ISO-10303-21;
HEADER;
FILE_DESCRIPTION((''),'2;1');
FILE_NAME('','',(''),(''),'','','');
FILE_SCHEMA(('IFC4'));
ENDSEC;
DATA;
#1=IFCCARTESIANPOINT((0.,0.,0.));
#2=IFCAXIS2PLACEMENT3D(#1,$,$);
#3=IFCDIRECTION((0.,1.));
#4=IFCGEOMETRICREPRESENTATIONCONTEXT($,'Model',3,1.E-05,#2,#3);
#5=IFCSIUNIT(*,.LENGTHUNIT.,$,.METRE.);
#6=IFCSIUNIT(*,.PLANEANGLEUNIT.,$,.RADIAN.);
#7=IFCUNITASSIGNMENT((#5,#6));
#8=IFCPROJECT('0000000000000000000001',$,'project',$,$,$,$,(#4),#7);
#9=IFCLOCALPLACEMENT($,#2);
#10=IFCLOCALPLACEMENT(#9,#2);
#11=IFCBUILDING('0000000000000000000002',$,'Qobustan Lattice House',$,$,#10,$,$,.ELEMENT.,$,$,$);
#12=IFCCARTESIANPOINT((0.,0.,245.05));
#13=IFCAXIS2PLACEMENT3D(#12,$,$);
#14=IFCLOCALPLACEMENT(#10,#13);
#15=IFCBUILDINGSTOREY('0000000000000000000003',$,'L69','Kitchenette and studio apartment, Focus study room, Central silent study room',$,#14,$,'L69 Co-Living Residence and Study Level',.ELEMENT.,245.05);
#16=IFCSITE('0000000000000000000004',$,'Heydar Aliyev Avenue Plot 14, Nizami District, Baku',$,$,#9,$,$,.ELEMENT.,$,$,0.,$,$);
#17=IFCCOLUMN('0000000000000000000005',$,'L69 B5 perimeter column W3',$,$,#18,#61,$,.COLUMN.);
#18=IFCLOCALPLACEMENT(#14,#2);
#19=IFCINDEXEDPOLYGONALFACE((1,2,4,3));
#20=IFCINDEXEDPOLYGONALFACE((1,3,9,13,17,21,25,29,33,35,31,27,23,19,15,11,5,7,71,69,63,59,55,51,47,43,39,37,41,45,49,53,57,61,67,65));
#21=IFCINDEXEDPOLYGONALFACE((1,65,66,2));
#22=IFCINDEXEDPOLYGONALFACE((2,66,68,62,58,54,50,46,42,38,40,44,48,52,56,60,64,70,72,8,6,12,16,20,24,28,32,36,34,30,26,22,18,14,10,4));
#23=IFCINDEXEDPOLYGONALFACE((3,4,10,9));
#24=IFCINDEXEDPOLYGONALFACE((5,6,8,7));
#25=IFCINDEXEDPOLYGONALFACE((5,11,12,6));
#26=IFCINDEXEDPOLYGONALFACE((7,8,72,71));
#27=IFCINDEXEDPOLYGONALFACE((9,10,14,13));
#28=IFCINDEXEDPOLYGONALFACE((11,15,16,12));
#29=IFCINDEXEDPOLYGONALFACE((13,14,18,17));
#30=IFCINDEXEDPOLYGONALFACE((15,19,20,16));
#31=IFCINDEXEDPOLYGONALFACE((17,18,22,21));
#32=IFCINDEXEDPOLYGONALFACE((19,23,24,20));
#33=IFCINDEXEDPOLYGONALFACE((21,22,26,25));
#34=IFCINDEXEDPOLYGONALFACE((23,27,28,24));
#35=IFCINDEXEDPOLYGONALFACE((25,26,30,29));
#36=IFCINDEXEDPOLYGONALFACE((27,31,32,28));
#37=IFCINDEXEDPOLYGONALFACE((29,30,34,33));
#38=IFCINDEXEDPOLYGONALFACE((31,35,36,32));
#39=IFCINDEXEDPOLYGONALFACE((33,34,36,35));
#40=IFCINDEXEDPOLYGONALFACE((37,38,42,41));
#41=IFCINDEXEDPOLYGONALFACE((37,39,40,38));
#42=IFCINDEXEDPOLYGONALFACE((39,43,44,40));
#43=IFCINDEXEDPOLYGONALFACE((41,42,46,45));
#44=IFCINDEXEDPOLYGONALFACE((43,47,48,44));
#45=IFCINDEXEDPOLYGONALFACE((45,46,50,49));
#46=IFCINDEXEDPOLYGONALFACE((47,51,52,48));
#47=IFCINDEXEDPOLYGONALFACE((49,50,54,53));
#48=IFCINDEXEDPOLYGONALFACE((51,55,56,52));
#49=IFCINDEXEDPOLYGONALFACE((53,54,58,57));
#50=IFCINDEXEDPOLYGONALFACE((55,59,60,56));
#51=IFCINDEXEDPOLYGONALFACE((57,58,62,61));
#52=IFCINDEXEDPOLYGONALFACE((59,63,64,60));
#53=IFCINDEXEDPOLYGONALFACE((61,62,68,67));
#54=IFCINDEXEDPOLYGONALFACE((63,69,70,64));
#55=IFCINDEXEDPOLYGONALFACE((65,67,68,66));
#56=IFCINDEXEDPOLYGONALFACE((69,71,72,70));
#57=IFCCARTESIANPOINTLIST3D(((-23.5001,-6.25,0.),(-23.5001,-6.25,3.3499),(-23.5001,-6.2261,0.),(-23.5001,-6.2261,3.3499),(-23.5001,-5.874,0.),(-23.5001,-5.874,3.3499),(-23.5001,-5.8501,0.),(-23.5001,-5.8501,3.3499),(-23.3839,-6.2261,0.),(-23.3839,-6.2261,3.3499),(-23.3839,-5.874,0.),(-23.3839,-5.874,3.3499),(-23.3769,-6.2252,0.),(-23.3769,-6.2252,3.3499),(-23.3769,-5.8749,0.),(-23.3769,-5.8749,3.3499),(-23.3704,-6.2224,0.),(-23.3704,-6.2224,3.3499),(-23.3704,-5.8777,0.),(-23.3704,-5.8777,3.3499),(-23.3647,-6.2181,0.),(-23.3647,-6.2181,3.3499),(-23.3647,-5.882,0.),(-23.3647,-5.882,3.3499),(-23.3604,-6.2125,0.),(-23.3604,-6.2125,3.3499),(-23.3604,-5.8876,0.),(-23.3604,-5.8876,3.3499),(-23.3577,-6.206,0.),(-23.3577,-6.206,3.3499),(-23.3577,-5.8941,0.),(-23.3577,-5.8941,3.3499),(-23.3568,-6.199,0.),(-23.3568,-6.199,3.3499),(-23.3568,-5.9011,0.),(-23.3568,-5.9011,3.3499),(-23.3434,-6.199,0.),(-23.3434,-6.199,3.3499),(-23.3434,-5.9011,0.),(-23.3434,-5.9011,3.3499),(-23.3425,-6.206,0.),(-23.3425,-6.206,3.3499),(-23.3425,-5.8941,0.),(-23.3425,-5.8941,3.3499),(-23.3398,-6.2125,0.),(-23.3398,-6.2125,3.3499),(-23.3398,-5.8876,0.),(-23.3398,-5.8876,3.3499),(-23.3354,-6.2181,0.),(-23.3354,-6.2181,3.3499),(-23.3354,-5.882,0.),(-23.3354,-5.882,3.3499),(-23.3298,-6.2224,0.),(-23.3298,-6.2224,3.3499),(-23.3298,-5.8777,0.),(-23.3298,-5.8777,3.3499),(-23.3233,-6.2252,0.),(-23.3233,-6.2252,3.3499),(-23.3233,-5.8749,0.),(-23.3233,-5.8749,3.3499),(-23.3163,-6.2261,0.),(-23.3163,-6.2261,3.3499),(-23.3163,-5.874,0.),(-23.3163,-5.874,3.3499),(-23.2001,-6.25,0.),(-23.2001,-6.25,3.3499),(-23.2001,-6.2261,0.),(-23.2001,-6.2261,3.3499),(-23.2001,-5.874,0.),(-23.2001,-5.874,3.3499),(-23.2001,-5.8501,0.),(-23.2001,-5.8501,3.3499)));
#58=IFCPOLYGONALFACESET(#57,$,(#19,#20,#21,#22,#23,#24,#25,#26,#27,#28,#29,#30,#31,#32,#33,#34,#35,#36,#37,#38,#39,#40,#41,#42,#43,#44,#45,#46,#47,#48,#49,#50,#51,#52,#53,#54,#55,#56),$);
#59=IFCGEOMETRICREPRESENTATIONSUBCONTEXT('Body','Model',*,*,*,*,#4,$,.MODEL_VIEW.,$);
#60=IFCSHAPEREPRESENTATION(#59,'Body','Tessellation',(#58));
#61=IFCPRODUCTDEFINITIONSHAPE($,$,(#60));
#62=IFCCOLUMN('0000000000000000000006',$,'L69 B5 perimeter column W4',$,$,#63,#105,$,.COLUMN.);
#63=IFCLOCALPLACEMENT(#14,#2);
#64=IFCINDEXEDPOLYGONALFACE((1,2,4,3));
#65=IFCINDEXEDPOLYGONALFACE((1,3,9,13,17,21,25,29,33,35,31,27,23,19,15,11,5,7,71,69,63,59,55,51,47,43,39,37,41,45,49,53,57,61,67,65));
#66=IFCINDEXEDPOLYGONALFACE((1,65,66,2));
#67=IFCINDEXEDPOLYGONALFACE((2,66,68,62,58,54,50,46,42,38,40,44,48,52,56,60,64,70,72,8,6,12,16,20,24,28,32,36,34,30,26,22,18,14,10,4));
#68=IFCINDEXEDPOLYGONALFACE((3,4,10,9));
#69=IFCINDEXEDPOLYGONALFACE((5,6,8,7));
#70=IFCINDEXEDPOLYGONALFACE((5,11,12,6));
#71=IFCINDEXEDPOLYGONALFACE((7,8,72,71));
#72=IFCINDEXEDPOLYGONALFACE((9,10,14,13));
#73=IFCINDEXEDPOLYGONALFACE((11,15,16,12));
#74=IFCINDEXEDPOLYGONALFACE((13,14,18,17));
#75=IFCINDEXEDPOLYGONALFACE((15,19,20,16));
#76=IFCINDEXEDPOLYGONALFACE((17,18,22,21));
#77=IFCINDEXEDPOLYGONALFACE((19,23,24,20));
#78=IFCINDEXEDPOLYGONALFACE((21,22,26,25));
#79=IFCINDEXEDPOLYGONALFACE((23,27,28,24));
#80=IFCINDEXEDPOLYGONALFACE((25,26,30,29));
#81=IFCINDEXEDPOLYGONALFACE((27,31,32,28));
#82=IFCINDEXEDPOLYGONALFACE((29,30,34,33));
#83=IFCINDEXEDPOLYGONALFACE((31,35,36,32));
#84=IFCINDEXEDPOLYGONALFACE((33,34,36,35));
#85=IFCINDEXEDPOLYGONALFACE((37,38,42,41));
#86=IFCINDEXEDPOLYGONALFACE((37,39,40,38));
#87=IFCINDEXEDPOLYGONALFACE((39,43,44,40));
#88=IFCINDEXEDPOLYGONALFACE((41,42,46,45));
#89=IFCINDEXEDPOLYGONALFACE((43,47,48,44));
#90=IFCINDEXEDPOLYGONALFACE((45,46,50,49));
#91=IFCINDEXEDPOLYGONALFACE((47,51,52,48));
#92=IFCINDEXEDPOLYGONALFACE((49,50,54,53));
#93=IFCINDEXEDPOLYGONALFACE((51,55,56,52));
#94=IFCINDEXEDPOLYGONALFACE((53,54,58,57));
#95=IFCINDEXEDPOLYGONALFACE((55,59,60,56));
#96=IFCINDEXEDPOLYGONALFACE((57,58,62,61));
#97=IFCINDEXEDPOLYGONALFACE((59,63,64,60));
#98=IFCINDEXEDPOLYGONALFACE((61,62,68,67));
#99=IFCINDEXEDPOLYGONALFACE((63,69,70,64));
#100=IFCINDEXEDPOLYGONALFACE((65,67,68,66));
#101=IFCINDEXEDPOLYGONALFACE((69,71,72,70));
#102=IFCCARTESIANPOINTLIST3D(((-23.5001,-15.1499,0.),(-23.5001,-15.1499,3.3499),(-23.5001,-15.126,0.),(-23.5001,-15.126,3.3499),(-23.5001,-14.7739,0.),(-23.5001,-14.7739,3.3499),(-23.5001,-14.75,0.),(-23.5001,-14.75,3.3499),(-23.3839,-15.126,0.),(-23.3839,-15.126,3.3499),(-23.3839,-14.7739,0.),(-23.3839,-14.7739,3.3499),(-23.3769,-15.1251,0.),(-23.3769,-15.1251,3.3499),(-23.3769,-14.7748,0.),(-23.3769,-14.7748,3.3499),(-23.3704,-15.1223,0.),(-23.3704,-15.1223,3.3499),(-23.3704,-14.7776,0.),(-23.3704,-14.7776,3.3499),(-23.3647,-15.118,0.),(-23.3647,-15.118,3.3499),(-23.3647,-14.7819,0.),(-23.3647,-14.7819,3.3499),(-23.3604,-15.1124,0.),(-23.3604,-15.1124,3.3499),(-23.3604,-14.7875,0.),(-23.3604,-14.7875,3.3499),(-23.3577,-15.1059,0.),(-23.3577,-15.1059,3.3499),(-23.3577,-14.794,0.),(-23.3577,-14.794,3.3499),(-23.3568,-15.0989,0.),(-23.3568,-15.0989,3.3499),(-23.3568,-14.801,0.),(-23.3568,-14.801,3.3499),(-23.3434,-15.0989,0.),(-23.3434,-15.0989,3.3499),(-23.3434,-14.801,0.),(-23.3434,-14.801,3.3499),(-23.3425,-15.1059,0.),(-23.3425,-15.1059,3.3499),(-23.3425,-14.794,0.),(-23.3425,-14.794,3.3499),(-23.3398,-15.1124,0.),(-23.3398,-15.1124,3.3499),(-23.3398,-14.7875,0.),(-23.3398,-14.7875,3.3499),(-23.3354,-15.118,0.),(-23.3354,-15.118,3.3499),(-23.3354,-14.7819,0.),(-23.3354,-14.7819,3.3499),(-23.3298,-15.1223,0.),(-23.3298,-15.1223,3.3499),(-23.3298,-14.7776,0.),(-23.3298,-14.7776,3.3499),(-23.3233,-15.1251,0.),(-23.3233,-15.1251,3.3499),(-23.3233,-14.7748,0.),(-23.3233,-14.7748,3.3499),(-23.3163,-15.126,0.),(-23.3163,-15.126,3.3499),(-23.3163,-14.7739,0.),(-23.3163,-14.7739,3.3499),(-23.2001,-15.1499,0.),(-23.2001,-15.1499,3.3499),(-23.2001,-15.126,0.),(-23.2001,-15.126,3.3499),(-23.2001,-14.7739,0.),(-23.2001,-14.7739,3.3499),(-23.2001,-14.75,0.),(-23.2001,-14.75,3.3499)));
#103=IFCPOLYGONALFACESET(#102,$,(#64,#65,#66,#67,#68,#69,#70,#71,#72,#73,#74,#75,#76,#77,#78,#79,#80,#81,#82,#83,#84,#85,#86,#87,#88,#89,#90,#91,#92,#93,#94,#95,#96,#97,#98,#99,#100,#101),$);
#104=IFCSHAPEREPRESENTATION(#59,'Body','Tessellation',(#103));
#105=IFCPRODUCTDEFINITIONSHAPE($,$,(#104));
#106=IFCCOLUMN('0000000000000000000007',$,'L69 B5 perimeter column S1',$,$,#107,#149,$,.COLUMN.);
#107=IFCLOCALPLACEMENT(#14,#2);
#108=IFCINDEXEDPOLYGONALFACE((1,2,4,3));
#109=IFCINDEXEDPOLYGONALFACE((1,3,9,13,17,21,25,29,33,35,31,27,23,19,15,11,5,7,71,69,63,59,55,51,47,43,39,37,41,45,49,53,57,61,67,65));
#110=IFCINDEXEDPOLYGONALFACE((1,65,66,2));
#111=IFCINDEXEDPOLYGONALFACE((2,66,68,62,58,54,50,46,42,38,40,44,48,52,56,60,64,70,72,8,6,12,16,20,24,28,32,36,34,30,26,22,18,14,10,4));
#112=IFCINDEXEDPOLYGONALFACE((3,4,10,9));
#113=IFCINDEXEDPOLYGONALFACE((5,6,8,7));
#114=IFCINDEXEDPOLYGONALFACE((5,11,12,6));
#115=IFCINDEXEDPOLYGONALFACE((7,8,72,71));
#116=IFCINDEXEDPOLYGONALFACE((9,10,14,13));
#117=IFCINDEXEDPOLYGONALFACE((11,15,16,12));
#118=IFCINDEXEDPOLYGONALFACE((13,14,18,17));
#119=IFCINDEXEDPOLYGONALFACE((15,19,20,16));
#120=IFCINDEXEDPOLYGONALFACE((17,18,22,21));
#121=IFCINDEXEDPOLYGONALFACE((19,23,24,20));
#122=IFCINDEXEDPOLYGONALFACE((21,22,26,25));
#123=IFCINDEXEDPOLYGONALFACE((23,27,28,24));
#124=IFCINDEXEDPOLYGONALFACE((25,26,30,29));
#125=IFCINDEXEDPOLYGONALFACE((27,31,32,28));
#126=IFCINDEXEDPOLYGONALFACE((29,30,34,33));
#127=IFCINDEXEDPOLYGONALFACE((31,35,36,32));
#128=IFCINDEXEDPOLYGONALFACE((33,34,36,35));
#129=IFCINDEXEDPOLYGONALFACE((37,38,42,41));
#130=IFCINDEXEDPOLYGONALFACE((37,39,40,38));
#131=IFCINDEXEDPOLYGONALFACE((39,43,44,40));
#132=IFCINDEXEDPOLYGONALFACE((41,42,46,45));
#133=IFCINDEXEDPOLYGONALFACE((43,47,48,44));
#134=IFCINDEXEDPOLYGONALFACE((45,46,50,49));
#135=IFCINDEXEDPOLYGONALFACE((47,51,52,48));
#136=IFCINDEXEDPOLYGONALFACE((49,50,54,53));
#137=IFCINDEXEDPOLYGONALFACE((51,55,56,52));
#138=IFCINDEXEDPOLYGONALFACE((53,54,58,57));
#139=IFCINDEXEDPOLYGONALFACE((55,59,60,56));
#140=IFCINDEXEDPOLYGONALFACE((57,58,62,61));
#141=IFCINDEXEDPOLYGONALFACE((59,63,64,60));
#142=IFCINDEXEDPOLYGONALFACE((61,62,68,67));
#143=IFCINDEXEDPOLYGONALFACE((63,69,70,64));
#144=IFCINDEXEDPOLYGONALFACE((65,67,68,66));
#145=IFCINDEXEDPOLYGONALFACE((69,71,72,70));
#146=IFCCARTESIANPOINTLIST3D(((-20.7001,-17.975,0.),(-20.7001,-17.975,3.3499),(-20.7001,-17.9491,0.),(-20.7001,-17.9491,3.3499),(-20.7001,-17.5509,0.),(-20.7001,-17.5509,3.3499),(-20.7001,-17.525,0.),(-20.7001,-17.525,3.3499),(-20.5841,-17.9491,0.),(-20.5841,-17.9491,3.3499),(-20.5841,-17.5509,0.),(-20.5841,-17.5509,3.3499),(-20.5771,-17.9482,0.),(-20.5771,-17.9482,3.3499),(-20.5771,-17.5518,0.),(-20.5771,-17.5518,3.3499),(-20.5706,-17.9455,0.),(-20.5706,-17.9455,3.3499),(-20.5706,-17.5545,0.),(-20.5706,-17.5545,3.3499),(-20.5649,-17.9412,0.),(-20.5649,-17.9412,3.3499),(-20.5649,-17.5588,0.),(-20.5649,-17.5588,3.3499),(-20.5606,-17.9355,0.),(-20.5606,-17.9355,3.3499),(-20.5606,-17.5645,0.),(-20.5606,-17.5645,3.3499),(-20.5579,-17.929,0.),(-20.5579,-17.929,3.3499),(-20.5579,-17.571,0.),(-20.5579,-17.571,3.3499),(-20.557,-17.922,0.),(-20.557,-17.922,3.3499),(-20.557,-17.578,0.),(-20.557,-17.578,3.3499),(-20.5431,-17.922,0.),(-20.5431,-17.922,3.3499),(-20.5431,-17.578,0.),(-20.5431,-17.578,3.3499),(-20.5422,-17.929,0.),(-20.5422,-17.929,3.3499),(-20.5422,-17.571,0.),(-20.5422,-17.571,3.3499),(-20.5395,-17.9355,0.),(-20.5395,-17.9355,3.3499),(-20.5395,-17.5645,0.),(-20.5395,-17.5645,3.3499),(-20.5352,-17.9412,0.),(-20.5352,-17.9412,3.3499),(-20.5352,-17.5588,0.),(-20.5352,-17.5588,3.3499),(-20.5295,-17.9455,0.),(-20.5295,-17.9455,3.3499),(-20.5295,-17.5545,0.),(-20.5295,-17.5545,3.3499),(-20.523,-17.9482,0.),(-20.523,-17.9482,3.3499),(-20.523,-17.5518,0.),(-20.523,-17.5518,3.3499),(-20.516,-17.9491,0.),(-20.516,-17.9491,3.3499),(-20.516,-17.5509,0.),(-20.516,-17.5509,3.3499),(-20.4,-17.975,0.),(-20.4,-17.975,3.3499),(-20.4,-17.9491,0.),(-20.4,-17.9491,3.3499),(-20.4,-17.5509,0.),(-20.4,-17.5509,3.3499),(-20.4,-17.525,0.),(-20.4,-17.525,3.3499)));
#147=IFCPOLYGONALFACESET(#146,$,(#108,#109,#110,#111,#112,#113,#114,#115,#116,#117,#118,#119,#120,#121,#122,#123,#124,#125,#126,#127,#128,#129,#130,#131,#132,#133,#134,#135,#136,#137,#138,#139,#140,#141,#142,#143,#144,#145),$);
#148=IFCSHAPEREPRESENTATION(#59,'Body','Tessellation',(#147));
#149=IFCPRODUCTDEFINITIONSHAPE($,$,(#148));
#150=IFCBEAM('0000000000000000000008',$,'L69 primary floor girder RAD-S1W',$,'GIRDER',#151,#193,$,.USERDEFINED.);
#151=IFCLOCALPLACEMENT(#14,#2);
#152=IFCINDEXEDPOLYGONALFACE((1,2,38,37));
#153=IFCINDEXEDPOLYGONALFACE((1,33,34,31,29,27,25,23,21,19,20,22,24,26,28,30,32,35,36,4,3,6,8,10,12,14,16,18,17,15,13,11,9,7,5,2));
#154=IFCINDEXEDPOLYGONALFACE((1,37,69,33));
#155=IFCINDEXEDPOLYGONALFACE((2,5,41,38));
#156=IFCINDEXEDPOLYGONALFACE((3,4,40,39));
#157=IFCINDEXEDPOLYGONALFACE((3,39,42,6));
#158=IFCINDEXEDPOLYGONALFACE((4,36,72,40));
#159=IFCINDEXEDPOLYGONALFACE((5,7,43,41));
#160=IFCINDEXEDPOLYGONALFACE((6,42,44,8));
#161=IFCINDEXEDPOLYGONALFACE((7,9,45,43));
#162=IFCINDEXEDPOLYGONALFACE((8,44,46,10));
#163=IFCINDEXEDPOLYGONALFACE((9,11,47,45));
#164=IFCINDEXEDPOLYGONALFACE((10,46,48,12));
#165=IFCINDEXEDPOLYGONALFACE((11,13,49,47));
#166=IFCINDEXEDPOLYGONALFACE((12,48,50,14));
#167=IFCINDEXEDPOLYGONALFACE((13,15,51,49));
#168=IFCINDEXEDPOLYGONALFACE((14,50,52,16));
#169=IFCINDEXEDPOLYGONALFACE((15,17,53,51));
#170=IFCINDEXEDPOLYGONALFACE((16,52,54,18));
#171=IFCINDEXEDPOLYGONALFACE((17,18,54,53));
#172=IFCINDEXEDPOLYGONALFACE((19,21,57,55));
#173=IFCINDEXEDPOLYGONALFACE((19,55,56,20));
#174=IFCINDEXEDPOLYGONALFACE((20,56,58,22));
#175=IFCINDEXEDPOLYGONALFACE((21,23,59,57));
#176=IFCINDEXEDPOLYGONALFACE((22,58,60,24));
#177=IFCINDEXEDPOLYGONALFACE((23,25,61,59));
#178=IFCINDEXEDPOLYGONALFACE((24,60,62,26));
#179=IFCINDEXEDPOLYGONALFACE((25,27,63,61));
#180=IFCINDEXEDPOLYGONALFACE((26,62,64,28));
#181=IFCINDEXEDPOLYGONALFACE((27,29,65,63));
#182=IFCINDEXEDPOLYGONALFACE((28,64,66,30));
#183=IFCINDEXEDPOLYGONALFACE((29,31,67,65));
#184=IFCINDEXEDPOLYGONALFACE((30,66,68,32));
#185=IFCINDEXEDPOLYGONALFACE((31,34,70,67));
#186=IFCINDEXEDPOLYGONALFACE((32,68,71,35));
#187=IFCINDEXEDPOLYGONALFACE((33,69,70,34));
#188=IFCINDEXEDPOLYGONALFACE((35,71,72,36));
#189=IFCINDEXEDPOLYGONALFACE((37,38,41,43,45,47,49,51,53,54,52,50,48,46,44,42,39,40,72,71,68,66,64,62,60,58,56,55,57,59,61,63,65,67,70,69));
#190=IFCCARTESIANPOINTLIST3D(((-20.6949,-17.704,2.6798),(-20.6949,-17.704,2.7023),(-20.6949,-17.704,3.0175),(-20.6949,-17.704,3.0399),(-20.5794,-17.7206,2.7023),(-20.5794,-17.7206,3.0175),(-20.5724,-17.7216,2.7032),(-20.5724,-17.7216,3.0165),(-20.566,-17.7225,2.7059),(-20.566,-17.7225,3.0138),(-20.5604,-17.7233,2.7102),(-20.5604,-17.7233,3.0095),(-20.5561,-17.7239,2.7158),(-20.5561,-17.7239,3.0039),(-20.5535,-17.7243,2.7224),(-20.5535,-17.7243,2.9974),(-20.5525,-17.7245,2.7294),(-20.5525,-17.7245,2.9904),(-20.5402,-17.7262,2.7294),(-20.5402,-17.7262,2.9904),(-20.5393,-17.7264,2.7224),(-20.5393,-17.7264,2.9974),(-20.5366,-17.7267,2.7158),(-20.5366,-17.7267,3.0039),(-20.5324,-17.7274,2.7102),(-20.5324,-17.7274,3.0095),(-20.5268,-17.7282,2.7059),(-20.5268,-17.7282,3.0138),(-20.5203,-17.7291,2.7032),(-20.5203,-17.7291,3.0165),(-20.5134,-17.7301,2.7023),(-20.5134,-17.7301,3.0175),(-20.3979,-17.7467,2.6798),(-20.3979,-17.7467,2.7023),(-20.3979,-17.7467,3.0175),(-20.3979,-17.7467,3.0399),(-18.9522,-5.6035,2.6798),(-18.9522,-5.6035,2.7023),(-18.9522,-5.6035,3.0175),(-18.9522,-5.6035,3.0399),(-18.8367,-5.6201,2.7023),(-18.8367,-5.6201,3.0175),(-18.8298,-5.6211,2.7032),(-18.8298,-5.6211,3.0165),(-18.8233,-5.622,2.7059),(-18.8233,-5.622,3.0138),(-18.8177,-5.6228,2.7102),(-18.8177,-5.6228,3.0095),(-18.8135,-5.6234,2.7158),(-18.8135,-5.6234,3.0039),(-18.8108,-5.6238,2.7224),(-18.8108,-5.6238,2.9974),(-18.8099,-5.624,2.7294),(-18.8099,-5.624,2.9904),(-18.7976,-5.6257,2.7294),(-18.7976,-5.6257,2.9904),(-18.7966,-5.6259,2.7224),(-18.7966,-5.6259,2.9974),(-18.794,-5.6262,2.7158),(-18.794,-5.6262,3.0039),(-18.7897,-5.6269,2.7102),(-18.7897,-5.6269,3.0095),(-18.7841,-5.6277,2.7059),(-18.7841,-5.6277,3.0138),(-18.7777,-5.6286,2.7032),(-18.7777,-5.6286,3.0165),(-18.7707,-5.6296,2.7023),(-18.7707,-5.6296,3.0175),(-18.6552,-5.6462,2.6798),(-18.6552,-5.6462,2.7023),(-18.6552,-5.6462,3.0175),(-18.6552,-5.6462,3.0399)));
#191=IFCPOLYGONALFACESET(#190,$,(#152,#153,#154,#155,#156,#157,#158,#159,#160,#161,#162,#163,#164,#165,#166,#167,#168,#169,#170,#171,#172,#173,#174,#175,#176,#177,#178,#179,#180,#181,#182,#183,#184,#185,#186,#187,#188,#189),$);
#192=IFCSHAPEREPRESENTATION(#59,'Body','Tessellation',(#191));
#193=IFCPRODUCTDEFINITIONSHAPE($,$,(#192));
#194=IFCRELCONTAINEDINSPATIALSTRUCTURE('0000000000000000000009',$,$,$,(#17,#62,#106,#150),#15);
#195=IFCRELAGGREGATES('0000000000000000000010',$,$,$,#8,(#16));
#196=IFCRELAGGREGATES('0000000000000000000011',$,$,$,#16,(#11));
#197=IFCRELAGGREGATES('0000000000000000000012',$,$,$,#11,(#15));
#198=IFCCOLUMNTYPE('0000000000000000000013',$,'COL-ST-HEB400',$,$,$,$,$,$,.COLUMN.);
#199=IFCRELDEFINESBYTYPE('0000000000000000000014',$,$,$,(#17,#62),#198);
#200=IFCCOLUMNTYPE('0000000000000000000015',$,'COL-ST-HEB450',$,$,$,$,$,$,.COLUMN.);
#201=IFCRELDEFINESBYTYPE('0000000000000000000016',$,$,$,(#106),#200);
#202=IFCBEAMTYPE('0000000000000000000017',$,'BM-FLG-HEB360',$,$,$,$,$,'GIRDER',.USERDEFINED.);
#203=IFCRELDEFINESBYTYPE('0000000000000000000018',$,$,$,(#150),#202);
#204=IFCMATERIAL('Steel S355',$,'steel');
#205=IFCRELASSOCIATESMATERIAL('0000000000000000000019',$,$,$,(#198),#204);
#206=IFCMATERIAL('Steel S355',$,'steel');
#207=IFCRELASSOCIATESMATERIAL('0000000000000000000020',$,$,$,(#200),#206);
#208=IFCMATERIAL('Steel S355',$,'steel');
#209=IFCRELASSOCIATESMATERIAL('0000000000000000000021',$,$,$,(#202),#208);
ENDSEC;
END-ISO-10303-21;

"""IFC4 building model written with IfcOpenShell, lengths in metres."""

from ifc_helpers import new_model, si_unit, direction, frame, origin, origin_2d, place, context, subcontext, project, spatial, i_section, extrude, material, material_profile, profile_set, type_object, element, save


model = new_model("IFC4")

# Units and contexts
model_context = context("Model", 3, precision=1e-05, world=origin(), true_north=direction((0.0, 1.0)))
body_context = subcontext(model_context, "Body", "Model", "MODEL_VIEW")
ifc_project = project(units=[si_unit("LENGTHUNIT", "METRE"), si_unit("PLANEANGLEUNIT", "RADIAN")], contexts=[model_context])

# Site, building, storey
site_placement = place(None, origin())
site = spatial("IfcSite", under=ifc_project, at=site_placement, Name="Heydar Aliyev Avenue Plot 14, Nizami District, Baku", CompositionType="ELEMENT", RefElevation=0.0)
building_placement = place(site_placement, origin())
building = spatial("IfcBuilding", under=site, at=building_placement, Name="Qobustan Lattice House", CompositionType="ELEMENT")
storey_placement = place(building_placement, frame((0.0, 0.0, 245.05)))
storey = spatial("IfcBuildingStorey", under=building, at=storey_placement, Name="L69", Description="Kitchenette and studio apartment, Focus study room, Central silent study room", LongName="L69 Co-Living Residence and Study Level", CompositionType="ELEMENT", Elevation=245.05)

# Columns
ifc_material_1 = material(Name="Steel S355", Category="steel")
ifc_material_profile_1 = material_profile(ifc_material_1, i_section(OverallWidth=0.3, OverallDepth=0.3999, WebThickness=0.0134, FlangeThickness=0.0239, FilletRadius=0.0271, at=origin_2d()), Name="HEB400")
ifc_profile_set_1 = profile_set([ifc_material_profile_1], Name="Steel S355")
column_type_1 = type_object("IfcColumnType", Name="COL-ST-HEB400", PredefinedType="COLUMN", material=ifc_profile_set_1)
for number, where, z_axis, x_axis, name in (
    (1, (-23.3501, -6.05, 0.0), (0.0, 0.0, 1.0), (1.0, 0.0, 0.0), "L69 B5 perimeter column W3"),
    (2, (-23.3501, -14.95, 0.0), (0.0, 0.0, 1.0), (1.0, 0.0, 0.0), "L69 B5 perimeter column W4"),
):
    element("IfcColumn", number, at=place(storey_placement, frame(where, z_axis=z_axis, x_axis=x_axis)), inside=storey, type_object=column_type_1, Name=name, PredefinedType="COLUMN", context=body_context, shape_type="SweptSolid", body=[
        extrude(i_section(OverallWidth=0.3, OverallDepth=0.3999, WebThickness=0.0134, FlangeThickness=0.0239, FilletRadius=0.0271, at=origin_2d()), origin(), (0.0, 0.0, 1.0), 3.3499),
    ])
ifc_material_2 = material(Name="Steel S355", Category="steel")
ifc_material_profile_2 = material_profile(ifc_material_2, i_section(OverallWidth=0.3, OverallDepth=0.45, WebThickness=0.0139, FlangeThickness=0.0259, FilletRadius=0.0271, at=origin_2d()), Name="HEB450")
ifc_profile_set_2 = profile_set([ifc_material_profile_2], Name="Steel S355")
column_type_2 = type_object("IfcColumnType", Name="COL-ST-HEB450", PredefinedType="COLUMN", material=ifc_profile_set_2)
column_placement = place(storey_placement, frame((-20.55, -17.75, 0.0), z_axis=(0.0, 0.0, 1.0), x_axis=(1.0, 0.0, 0.0)))
element("IfcColumn", 3, at=column_placement, inside=storey, type_object=column_type_2, Name="L69 B5 perimeter column S1", PredefinedType="COLUMN", context=body_context, shape_type="SweptSolid", body=[
    extrude(i_section(OverallWidth=0.3, OverallDepth=0.45, WebThickness=0.0139, FlangeThickness=0.0259, FilletRadius=0.0271, at=origin_2d()), origin(), (0.0, 0.0, 1.0), 3.3499),
])

# Beam
ifc_material_3 = material(Name="Steel S355", Category="steel")
ifc_material_profile_3 = material_profile(ifc_material_3, i_section(OverallWidth=0.3, OverallDepth=0.3601, WebThickness=0.0125, FlangeThickness=0.0225, FilletRadius=0.0271, at=origin_2d()), Name="HEB360")
ifc_profile_set_3 = profile_set([ifc_material_profile_3], Name="Steel S355")
beam_type_1 = type_object("IfcBeamType", Name="BM-FLG-HEB360", ElementType="GIRDER", PredefinedType="USERDEFINED", material=ifc_profile_set_3)
beam_1_placement = place(storey_placement, frame((-20.5464, -17.7253, 2.8599), z_axis=(0.142545, 0.989788, 0.0), x_axis=(-0.989788, 0.142545, 0.0)))
element("IfcBeam", 4, at=beam_1_placement, inside=storey, type_object=beam_type_1, Name="L69 primary floor girder RAD-S1W", ObjectType="GIRDER", PredefinedType="USERDEFINED", context=body_context, shape_type="SweptSolid", body=[
    extrude(i_section(OverallWidth=0.3, OverallDepth=0.3601, WebThickness=0.0125, FlangeThickness=0.0225, FilletRadius=0.0271, at=origin_2d()), origin(), (0.0, 0.0, 1.0), 12.2253),
])

save(model, "model.ifc")
